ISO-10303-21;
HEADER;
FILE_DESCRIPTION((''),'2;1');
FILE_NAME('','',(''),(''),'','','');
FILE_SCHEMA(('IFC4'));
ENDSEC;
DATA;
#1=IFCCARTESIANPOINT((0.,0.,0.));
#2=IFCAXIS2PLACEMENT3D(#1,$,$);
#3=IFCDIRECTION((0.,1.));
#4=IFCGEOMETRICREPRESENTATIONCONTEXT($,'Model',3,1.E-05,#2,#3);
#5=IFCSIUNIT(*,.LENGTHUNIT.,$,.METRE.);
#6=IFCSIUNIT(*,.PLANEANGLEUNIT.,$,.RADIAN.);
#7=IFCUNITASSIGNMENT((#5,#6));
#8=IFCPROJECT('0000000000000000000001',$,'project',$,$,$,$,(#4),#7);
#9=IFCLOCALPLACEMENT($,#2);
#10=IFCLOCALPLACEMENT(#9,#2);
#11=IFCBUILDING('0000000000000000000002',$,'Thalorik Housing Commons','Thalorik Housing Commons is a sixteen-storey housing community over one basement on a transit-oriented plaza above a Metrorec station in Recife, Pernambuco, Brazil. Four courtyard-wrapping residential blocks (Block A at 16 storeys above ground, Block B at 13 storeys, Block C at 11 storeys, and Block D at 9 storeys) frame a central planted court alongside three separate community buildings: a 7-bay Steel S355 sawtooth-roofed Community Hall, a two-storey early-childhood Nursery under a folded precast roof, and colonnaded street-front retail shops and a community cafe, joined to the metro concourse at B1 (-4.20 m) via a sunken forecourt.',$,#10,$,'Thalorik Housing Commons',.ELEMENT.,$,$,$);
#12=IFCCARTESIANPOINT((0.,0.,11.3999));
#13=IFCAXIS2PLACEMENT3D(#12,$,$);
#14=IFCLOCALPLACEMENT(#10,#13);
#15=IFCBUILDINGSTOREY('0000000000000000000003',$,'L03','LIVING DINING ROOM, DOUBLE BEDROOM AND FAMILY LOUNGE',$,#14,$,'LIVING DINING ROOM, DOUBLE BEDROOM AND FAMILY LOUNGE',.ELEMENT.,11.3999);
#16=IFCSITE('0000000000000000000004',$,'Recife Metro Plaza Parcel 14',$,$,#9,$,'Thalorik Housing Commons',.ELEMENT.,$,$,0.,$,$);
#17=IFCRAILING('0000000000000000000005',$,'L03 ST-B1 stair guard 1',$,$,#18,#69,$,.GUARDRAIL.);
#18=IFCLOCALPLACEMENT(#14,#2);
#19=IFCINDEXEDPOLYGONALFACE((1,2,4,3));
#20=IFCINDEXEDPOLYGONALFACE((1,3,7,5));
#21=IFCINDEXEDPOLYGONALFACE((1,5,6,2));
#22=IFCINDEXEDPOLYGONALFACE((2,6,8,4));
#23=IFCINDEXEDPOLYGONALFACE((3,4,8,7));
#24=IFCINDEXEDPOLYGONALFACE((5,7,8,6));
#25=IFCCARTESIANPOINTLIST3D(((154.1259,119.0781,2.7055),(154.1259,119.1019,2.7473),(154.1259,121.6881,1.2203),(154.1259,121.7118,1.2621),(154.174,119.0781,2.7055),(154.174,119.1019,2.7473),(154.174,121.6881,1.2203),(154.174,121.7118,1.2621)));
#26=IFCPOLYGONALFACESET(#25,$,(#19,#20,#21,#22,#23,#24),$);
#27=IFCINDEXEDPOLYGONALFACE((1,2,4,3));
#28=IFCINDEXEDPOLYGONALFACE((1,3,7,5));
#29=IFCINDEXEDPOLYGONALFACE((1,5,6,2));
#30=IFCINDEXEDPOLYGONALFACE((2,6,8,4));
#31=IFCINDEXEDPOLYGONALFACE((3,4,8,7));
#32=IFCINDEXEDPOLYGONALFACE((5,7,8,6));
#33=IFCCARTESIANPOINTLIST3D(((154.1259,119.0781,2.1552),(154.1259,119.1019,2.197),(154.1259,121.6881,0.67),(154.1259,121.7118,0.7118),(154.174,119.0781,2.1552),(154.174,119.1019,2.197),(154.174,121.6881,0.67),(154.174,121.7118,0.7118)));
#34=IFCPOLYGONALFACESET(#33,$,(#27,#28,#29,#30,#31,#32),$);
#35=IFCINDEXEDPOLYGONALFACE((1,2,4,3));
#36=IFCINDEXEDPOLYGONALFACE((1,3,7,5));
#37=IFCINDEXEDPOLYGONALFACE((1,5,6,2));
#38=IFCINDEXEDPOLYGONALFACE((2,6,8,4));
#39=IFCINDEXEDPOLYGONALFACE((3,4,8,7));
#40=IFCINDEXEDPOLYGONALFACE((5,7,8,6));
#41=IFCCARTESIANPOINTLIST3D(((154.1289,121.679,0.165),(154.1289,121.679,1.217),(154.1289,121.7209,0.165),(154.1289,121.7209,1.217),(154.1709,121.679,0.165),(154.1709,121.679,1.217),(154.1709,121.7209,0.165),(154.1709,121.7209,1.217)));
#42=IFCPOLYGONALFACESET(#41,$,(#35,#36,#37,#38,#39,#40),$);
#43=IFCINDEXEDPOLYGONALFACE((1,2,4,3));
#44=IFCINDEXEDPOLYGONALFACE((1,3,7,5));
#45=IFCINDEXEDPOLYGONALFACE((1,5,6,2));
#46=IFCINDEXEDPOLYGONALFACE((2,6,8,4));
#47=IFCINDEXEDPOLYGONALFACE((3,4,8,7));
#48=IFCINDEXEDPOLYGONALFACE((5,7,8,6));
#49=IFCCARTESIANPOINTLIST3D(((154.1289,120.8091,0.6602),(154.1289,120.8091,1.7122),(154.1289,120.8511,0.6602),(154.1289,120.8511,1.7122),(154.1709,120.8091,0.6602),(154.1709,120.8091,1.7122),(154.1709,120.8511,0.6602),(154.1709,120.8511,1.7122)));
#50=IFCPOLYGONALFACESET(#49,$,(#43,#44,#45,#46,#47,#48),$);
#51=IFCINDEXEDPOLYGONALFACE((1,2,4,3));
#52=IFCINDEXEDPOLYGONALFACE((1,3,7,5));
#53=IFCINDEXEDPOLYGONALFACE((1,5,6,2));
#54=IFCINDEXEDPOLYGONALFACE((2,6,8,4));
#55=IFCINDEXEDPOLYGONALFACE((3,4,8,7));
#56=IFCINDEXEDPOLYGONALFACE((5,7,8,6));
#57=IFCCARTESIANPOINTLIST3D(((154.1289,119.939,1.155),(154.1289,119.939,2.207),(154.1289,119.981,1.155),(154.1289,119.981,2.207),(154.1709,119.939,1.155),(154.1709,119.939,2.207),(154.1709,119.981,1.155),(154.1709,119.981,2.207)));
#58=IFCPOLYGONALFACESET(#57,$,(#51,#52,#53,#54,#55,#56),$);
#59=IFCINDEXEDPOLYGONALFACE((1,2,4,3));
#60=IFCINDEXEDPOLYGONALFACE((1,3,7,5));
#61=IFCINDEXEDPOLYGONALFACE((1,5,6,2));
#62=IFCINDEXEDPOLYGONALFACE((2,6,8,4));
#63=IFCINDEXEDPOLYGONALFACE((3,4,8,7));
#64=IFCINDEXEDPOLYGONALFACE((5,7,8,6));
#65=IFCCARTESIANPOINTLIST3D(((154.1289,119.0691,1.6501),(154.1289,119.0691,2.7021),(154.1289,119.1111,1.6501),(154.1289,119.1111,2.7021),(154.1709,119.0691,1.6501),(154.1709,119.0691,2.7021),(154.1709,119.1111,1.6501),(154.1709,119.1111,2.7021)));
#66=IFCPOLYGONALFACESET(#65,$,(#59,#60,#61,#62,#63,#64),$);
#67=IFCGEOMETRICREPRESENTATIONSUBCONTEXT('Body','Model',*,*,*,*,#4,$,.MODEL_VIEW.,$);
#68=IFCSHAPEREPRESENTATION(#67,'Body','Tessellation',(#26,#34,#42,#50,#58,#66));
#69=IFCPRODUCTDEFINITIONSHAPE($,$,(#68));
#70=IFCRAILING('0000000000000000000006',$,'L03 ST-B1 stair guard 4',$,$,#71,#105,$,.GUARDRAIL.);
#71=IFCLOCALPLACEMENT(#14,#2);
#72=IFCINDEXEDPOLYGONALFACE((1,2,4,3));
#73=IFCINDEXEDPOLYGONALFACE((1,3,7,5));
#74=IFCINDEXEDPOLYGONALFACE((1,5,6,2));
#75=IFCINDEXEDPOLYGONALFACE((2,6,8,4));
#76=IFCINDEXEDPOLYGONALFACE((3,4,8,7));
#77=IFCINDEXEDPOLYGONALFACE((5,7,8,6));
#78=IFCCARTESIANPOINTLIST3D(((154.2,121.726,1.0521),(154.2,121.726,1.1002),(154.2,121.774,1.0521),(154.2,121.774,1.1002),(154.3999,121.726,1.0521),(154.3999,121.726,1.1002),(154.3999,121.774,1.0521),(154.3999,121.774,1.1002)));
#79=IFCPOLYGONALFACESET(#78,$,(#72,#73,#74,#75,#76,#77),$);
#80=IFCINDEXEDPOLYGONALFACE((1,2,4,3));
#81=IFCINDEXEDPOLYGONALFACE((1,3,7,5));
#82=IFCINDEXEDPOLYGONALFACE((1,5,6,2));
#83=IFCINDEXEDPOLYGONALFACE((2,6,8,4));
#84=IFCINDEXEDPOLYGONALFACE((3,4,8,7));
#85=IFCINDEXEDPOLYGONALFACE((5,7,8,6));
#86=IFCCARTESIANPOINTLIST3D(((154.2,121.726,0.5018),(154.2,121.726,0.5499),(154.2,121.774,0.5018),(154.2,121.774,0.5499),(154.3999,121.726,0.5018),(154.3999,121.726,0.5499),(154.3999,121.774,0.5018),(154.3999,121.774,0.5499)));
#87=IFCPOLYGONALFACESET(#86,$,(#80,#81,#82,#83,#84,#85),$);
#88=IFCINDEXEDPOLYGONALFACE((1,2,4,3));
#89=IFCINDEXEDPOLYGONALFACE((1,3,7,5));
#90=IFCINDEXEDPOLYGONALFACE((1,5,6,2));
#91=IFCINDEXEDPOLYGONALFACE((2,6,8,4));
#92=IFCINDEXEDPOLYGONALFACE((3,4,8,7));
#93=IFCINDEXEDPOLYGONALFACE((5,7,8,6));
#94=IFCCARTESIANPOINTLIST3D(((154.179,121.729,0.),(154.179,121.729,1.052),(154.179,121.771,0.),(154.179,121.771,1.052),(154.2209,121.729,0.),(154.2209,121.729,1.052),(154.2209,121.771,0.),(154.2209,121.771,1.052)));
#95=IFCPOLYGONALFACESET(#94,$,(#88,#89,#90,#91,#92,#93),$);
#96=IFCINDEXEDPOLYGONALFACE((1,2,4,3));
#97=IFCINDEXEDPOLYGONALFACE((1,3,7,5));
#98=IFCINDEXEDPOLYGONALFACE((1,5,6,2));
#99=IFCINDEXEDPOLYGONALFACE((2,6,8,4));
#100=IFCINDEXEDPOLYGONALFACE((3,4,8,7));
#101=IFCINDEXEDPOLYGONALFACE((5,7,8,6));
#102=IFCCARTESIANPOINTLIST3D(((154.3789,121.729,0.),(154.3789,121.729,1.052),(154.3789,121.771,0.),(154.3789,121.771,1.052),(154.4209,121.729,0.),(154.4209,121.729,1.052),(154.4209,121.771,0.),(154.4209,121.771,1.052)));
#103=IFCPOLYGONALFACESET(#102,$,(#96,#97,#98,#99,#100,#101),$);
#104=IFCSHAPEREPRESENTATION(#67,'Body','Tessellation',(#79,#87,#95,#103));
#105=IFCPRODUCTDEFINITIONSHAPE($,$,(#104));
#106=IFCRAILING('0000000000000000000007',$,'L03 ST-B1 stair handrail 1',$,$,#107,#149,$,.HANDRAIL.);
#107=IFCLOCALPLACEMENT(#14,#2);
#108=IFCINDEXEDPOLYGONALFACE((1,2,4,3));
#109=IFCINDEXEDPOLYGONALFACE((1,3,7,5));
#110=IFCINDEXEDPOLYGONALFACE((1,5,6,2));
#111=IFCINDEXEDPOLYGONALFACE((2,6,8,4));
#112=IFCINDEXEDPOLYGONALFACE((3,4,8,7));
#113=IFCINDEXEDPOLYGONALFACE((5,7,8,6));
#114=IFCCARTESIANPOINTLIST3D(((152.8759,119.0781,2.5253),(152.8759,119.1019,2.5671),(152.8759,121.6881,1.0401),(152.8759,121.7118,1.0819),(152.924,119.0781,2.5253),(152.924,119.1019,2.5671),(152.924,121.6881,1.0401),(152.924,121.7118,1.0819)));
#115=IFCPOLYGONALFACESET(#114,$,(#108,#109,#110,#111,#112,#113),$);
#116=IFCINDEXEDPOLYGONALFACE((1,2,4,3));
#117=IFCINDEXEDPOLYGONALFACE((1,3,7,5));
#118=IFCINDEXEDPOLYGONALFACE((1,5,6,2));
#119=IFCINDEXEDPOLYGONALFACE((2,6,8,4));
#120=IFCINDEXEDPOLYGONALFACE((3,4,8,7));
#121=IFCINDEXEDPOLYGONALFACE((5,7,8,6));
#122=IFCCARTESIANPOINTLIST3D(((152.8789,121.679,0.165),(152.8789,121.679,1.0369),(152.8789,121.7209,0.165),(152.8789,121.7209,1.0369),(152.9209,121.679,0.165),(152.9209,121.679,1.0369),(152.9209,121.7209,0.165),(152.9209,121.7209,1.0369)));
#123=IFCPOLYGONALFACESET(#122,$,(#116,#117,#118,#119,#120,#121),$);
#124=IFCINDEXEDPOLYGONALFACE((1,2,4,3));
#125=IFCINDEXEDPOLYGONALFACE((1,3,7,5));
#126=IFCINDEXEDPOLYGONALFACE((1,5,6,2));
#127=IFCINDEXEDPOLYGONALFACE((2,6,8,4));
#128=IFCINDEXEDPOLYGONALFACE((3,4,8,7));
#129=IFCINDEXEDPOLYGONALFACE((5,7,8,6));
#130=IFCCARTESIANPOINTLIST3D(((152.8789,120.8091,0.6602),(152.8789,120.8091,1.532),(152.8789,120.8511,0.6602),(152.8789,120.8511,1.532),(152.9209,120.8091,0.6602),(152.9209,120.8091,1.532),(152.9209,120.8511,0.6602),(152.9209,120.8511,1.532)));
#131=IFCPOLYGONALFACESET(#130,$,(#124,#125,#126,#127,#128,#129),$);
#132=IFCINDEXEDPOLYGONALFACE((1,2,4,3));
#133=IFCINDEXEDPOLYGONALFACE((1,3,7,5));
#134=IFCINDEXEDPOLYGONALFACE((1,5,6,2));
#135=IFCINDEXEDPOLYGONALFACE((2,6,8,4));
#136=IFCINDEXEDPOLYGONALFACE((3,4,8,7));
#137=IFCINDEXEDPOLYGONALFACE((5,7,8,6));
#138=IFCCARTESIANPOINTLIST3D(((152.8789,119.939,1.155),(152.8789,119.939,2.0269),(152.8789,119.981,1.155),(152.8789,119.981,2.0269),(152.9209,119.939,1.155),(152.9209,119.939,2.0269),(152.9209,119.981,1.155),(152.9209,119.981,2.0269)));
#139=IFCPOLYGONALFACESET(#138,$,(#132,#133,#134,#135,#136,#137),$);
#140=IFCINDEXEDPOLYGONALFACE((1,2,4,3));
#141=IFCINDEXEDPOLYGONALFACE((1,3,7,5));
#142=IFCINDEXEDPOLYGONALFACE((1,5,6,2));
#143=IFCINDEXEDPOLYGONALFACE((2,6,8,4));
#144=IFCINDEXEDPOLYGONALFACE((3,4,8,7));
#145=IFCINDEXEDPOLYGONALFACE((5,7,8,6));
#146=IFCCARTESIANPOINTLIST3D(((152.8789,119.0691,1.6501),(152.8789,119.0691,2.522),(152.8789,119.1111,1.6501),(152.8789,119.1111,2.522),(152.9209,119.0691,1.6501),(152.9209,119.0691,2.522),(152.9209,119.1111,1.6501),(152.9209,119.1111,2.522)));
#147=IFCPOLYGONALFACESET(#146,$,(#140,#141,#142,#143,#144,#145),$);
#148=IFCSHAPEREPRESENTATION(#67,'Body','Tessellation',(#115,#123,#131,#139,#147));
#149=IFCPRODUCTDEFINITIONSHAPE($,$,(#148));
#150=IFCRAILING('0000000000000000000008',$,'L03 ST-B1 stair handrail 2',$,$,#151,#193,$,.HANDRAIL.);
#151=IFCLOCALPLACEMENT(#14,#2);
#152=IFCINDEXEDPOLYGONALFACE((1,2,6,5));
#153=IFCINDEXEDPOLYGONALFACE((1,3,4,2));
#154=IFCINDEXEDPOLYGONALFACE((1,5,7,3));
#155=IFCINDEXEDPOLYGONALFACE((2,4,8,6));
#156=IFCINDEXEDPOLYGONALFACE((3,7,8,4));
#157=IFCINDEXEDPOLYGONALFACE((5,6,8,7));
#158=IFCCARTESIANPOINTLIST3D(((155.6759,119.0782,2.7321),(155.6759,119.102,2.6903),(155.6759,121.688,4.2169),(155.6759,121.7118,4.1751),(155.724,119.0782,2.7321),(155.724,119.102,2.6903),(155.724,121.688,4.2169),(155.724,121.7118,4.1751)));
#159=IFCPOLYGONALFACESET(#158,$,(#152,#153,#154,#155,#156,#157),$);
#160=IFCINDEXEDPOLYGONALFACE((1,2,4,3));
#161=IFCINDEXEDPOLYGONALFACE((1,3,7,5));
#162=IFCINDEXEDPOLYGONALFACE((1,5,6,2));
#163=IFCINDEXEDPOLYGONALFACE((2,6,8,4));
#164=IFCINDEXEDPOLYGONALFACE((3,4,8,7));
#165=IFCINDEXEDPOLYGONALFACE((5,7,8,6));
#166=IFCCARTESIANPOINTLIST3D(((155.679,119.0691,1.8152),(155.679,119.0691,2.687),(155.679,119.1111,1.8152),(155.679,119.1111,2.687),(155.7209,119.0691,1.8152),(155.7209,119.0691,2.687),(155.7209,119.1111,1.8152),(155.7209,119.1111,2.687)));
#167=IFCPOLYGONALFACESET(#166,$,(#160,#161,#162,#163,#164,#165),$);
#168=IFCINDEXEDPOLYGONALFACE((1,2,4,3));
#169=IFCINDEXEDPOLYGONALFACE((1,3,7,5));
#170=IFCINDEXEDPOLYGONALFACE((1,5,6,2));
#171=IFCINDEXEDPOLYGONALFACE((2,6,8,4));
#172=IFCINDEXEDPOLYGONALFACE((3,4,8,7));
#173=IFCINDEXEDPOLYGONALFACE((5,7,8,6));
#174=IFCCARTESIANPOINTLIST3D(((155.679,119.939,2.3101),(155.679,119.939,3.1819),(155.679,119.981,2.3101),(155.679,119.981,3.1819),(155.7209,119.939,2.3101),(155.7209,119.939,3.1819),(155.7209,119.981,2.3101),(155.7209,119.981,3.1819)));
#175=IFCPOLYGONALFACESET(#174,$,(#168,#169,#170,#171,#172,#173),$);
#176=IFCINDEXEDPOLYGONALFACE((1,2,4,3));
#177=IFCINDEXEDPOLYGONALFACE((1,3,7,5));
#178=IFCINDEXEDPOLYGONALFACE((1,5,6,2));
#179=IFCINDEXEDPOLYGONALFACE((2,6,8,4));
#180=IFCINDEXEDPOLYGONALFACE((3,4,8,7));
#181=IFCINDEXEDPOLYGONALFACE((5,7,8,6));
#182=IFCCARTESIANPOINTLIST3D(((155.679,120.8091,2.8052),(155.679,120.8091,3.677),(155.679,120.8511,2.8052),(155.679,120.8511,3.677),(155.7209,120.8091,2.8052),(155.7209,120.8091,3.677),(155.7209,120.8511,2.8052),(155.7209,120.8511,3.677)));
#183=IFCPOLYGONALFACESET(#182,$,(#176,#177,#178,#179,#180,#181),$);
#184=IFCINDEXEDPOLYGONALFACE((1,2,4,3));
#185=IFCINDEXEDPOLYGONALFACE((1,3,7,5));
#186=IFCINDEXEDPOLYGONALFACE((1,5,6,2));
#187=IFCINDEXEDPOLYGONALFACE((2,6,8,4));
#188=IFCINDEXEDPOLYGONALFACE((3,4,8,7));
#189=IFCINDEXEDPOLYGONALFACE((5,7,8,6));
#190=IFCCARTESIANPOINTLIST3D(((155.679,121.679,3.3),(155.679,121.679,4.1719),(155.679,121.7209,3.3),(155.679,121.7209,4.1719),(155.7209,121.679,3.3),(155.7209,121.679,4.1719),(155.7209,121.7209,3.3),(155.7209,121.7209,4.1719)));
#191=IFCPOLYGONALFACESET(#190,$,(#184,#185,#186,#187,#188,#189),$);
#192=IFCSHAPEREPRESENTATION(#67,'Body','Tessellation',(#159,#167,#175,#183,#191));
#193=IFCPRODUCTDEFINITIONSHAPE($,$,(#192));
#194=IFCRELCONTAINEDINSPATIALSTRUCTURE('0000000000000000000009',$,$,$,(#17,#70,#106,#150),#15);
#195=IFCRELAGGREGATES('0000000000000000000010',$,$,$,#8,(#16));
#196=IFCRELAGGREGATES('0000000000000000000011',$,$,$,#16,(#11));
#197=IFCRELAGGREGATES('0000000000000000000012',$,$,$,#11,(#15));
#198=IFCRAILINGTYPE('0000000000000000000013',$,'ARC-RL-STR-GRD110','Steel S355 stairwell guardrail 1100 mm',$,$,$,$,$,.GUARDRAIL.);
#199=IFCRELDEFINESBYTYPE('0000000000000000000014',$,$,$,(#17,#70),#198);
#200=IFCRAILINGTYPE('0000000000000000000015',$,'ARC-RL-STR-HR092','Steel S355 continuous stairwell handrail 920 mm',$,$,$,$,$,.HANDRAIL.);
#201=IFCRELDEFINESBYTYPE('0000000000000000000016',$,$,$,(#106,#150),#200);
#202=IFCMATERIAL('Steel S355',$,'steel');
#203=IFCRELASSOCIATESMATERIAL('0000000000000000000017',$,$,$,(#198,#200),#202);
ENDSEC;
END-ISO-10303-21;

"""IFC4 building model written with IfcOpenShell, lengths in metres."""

from ifc_helpers import new_model, si_unit, direction, frame, origin, origin_2d, place, context, subcontext, project, spatial, rectangle, extrude, material, type_object, element, save


model = new_model("IFC4")

# Units and contexts
model_context = context("Model", 3, precision=1e-05, world=origin(), true_north=direction((0.0, 1.0)))
body_context = subcontext(model_context, "Body", "Model", "MODEL_VIEW")
ifc_project = project(units=[si_unit("LENGTHUNIT", "METRE"), si_unit("PLANEANGLEUNIT", "RADIAN")], contexts=[model_context])

# Site, building, storey
site_placement = place(None, origin())
site = spatial("IfcSite", under=ifc_project, at=site_placement, Name="Recife Metro Plaza Parcel 14", LongName="Thalorik Housing Commons", CompositionType="ELEMENT", RefElevation=0.0)
building_placement = place(site_placement, origin())
building = spatial("IfcBuilding", under=site, at=building_placement, Name="Thalorik Housing Commons", Description="Thalorik Housing Commons is a sixteen-storey housing community over one basement on a transit-oriented plaza above a Metrorec station in Recife, Pernambuco, Brazil. Four courtyard-wrapping residential blocks (Block A at 16 storeys above ground, Block B at 13 storeys, Block C at 11 storeys, and Block D at 9 storeys) frame a central planted court alongside three separate community buildings: a 7-bay Steel S355 sawtooth-roofed Community Hall, a two-storey early-childhood Nursery under a folded precast roof, and colonnaded street-front retail shops and a community cafe, joined to the metro concourse at B1 (-4.20 m) via a sunken forecourt.", LongName="Thalorik Housing Commons", CompositionType="ELEMENT")
storey_placement = place(building_placement, frame((0.0, 0.0, 11.3999)))
storey = spatial("IfcBuildingStorey", under=building, at=storey_placement, Name="L03", Description="LIVING DINING ROOM, DOUBLE BEDROOM AND FAMILY LOUNGE", LongName="LIVING DINING ROOM, DOUBLE BEDROOM AND FAMILY LOUNGE", CompositionType="ELEMENT", Elevation=11.3999)

# Shared definitions
ifc_material_1 = material(Name="Steel S355", Category="steel")

# Railings
railing_type_1 = type_object("IfcRailingType", Name="ARC-RL-STR-GRD110", Description="Steel S355 stairwell guardrail 1100 mm", PredefinedType="GUARDRAIL", material=ifc_material_1)
railing_1_placement = place(storey_placement, frame((154.1499, 121.7, 0.165)))
element("IfcRailing", 1, at=railing_1_placement, inside=storey, type_object=railing_type_1, Name="L03 ST-B1 stair guard 1", PredefinedType="GUARDRAIL", context=body_context, shape_type="SweptSolid", body=[
    extrude(rectangle(XDim=0.0481, YDim=0.0481, at=origin_2d()), frame((0.0, 0.0, 1.0762), z_axis=(0.0, -0.869137, 0.494571), x_axis=(1.0, 0.0, 0.0)), (0.0, 0.0, 1.0), 3.0029),
    extrude(rectangle(XDim=0.0481, YDim=0.0481, at=origin_2d()), frame((0.0, 0.0, 0.5259), z_axis=(0.0, -0.869137, 0.494571), x_axis=(1.0, 0.0, 0.0)), (0.0, 0.0, 1.0), 3.0029),
    extrude(rectangle(XDim=0.042, YDim=0.042, at=origin_2d()), origin(), (0.0, 0.0, 1.0), 1.052),
    extrude(rectangle(XDim=0.042, YDim=0.042, at=origin_2d()), frame((0.0, -0.8699, 0.4951)), (0.0, 0.0, 1.0), 1.052),
    extrude(rectangle(XDim=0.042, YDim=0.042, at=origin_2d()), frame((0.0, -1.74, 0.99)), (0.0, 0.0, 1.0), 1.052),
    extrude(rectangle(XDim=0.042, YDim=0.042, at=origin_2d()), frame((0.0, -2.6099, 1.4851)), (0.0, 0.0, 1.0), 1.052),
])
railing_2_placement = place(storey_placement, frame((154.2, 121.75, 0.0)))
element("IfcRailing", 2, at=railing_2_placement, inside=storey, type_object=railing_type_1, Name="L03 ST-B1 stair guard 4", PredefinedType="GUARDRAIL", context=body_context, shape_type="SweptSolid", body=[
    extrude(rectangle(XDim=0.0481, YDim=0.0481, at=origin_2d()), frame((0.0, 0.0, 1.0762), z_axis=(1.0, 0.0, 0.0), x_axis=(0.0, 1.0, 0.0)), (0.0, 0.0, 1.0), 0.2),
    extrude(rectangle(XDim=0.0481, YDim=0.0481, at=origin_2d()), frame((0.0, 0.0, 0.5259), z_axis=(1.0, 0.0, 0.0), x_axis=(0.0, 1.0, 0.0)), (0.0, 0.0, 1.0), 0.2),
    extrude(rectangle(XDim=0.042, YDim=0.042, at=origin_2d()), origin(), (0.0, 0.0, 1.0), 1.052),
    extrude(rectangle(XDim=0.042, YDim=0.042, at=origin_2d()), frame((0.2, 0.0, 0.0)), (0.0, 0.0, 1.0), 1.052),
])
railing_type_2 = type_object("IfcRailingType", Name="ARC-RL-STR-HR092", Description="Steel S355 continuous stairwell handrail 920 mm", PredefinedType="HANDRAIL", material=ifc_material_1)
railing_3_placement = place(storey_placement, frame((152.8999, 121.7, 0.165)))
element("IfcRailing", 3, at=railing_3_placement, inside=storey, type_object=railing_type_2, Name="L03 ST-B1 stair handrail 1", PredefinedType="HANDRAIL", context=body_context, shape_type="SweptSolid", body=[
    extrude(rectangle(XDim=0.0481, YDim=0.0481, at=origin_2d()), frame((0.0, 0.0, 0.896), z_axis=(0.0, -0.869137, 0.494571), x_axis=(1.0, 0.0, 0.0)), (0.0, 0.0, 1.0), 3.0029),
    extrude(rectangle(XDim=0.042, YDim=0.042, at=origin_2d()), origin(), (0.0, 0.0, 1.0), 0.8718),
    extrude(rectangle(XDim=0.042, YDim=0.042, at=origin_2d()), frame((0.0, -0.8699, 0.4951)), (0.0, 0.0, 1.0), 0.8718),
    extrude(rectangle(XDim=0.042, YDim=0.042, at=origin_2d()), frame((0.0, -1.74, 0.99)), (0.0, 0.0, 1.0), 0.8718),
    extrude(rectangle(XDim=0.042, YDim=0.042, at=origin_2d()), frame((0.0, -2.6099, 1.4851)), (0.0, 0.0, 1.0), 0.8718),
])
railing_4_placement = place(storey_placement, frame((155.7, 119.0901, 1.8152)))
element("IfcRailing", 4, at=railing_4_placement, inside=storey, type_object=railing_type_2, Name="L03 ST-B1 stair handrail 2", PredefinedType="HANDRAIL", context=body_context, shape_type="SweptSolid", body=[
    extrude(rectangle(XDim=0.0481, YDim=0.0481, at=origin_2d()), frame((0.0, 0.0, 0.896), z_axis=(0.0, 0.869172, 0.494509), x_axis=(-1.0, 0.0, 0.0)), (0.0, 0.0, 1.0), 3.0027),
    extrude(rectangle(XDim=0.042, YDim=0.042, at=origin_2d()), origin(), (0.0, 0.0, 1.0), 0.8718),
    extrude(rectangle(XDim=0.042, YDim=0.042, at=origin_2d()), frame((0.0, 0.8699, 0.4949)), (0.0, 0.0, 1.0), 0.8718),
    extrude(rectangle(XDim=0.042, YDim=0.042, at=origin_2d()), frame((0.0, 1.74, 0.99)), (0.0, 0.0, 1.0), 0.8718),
    extrude(rectangle(XDim=0.042, YDim=0.042, at=origin_2d()), frame((0.0, 2.6099, 1.4849)), (0.0, 0.0, 1.0), 0.8718),
])

save(model, "model.ifc")
